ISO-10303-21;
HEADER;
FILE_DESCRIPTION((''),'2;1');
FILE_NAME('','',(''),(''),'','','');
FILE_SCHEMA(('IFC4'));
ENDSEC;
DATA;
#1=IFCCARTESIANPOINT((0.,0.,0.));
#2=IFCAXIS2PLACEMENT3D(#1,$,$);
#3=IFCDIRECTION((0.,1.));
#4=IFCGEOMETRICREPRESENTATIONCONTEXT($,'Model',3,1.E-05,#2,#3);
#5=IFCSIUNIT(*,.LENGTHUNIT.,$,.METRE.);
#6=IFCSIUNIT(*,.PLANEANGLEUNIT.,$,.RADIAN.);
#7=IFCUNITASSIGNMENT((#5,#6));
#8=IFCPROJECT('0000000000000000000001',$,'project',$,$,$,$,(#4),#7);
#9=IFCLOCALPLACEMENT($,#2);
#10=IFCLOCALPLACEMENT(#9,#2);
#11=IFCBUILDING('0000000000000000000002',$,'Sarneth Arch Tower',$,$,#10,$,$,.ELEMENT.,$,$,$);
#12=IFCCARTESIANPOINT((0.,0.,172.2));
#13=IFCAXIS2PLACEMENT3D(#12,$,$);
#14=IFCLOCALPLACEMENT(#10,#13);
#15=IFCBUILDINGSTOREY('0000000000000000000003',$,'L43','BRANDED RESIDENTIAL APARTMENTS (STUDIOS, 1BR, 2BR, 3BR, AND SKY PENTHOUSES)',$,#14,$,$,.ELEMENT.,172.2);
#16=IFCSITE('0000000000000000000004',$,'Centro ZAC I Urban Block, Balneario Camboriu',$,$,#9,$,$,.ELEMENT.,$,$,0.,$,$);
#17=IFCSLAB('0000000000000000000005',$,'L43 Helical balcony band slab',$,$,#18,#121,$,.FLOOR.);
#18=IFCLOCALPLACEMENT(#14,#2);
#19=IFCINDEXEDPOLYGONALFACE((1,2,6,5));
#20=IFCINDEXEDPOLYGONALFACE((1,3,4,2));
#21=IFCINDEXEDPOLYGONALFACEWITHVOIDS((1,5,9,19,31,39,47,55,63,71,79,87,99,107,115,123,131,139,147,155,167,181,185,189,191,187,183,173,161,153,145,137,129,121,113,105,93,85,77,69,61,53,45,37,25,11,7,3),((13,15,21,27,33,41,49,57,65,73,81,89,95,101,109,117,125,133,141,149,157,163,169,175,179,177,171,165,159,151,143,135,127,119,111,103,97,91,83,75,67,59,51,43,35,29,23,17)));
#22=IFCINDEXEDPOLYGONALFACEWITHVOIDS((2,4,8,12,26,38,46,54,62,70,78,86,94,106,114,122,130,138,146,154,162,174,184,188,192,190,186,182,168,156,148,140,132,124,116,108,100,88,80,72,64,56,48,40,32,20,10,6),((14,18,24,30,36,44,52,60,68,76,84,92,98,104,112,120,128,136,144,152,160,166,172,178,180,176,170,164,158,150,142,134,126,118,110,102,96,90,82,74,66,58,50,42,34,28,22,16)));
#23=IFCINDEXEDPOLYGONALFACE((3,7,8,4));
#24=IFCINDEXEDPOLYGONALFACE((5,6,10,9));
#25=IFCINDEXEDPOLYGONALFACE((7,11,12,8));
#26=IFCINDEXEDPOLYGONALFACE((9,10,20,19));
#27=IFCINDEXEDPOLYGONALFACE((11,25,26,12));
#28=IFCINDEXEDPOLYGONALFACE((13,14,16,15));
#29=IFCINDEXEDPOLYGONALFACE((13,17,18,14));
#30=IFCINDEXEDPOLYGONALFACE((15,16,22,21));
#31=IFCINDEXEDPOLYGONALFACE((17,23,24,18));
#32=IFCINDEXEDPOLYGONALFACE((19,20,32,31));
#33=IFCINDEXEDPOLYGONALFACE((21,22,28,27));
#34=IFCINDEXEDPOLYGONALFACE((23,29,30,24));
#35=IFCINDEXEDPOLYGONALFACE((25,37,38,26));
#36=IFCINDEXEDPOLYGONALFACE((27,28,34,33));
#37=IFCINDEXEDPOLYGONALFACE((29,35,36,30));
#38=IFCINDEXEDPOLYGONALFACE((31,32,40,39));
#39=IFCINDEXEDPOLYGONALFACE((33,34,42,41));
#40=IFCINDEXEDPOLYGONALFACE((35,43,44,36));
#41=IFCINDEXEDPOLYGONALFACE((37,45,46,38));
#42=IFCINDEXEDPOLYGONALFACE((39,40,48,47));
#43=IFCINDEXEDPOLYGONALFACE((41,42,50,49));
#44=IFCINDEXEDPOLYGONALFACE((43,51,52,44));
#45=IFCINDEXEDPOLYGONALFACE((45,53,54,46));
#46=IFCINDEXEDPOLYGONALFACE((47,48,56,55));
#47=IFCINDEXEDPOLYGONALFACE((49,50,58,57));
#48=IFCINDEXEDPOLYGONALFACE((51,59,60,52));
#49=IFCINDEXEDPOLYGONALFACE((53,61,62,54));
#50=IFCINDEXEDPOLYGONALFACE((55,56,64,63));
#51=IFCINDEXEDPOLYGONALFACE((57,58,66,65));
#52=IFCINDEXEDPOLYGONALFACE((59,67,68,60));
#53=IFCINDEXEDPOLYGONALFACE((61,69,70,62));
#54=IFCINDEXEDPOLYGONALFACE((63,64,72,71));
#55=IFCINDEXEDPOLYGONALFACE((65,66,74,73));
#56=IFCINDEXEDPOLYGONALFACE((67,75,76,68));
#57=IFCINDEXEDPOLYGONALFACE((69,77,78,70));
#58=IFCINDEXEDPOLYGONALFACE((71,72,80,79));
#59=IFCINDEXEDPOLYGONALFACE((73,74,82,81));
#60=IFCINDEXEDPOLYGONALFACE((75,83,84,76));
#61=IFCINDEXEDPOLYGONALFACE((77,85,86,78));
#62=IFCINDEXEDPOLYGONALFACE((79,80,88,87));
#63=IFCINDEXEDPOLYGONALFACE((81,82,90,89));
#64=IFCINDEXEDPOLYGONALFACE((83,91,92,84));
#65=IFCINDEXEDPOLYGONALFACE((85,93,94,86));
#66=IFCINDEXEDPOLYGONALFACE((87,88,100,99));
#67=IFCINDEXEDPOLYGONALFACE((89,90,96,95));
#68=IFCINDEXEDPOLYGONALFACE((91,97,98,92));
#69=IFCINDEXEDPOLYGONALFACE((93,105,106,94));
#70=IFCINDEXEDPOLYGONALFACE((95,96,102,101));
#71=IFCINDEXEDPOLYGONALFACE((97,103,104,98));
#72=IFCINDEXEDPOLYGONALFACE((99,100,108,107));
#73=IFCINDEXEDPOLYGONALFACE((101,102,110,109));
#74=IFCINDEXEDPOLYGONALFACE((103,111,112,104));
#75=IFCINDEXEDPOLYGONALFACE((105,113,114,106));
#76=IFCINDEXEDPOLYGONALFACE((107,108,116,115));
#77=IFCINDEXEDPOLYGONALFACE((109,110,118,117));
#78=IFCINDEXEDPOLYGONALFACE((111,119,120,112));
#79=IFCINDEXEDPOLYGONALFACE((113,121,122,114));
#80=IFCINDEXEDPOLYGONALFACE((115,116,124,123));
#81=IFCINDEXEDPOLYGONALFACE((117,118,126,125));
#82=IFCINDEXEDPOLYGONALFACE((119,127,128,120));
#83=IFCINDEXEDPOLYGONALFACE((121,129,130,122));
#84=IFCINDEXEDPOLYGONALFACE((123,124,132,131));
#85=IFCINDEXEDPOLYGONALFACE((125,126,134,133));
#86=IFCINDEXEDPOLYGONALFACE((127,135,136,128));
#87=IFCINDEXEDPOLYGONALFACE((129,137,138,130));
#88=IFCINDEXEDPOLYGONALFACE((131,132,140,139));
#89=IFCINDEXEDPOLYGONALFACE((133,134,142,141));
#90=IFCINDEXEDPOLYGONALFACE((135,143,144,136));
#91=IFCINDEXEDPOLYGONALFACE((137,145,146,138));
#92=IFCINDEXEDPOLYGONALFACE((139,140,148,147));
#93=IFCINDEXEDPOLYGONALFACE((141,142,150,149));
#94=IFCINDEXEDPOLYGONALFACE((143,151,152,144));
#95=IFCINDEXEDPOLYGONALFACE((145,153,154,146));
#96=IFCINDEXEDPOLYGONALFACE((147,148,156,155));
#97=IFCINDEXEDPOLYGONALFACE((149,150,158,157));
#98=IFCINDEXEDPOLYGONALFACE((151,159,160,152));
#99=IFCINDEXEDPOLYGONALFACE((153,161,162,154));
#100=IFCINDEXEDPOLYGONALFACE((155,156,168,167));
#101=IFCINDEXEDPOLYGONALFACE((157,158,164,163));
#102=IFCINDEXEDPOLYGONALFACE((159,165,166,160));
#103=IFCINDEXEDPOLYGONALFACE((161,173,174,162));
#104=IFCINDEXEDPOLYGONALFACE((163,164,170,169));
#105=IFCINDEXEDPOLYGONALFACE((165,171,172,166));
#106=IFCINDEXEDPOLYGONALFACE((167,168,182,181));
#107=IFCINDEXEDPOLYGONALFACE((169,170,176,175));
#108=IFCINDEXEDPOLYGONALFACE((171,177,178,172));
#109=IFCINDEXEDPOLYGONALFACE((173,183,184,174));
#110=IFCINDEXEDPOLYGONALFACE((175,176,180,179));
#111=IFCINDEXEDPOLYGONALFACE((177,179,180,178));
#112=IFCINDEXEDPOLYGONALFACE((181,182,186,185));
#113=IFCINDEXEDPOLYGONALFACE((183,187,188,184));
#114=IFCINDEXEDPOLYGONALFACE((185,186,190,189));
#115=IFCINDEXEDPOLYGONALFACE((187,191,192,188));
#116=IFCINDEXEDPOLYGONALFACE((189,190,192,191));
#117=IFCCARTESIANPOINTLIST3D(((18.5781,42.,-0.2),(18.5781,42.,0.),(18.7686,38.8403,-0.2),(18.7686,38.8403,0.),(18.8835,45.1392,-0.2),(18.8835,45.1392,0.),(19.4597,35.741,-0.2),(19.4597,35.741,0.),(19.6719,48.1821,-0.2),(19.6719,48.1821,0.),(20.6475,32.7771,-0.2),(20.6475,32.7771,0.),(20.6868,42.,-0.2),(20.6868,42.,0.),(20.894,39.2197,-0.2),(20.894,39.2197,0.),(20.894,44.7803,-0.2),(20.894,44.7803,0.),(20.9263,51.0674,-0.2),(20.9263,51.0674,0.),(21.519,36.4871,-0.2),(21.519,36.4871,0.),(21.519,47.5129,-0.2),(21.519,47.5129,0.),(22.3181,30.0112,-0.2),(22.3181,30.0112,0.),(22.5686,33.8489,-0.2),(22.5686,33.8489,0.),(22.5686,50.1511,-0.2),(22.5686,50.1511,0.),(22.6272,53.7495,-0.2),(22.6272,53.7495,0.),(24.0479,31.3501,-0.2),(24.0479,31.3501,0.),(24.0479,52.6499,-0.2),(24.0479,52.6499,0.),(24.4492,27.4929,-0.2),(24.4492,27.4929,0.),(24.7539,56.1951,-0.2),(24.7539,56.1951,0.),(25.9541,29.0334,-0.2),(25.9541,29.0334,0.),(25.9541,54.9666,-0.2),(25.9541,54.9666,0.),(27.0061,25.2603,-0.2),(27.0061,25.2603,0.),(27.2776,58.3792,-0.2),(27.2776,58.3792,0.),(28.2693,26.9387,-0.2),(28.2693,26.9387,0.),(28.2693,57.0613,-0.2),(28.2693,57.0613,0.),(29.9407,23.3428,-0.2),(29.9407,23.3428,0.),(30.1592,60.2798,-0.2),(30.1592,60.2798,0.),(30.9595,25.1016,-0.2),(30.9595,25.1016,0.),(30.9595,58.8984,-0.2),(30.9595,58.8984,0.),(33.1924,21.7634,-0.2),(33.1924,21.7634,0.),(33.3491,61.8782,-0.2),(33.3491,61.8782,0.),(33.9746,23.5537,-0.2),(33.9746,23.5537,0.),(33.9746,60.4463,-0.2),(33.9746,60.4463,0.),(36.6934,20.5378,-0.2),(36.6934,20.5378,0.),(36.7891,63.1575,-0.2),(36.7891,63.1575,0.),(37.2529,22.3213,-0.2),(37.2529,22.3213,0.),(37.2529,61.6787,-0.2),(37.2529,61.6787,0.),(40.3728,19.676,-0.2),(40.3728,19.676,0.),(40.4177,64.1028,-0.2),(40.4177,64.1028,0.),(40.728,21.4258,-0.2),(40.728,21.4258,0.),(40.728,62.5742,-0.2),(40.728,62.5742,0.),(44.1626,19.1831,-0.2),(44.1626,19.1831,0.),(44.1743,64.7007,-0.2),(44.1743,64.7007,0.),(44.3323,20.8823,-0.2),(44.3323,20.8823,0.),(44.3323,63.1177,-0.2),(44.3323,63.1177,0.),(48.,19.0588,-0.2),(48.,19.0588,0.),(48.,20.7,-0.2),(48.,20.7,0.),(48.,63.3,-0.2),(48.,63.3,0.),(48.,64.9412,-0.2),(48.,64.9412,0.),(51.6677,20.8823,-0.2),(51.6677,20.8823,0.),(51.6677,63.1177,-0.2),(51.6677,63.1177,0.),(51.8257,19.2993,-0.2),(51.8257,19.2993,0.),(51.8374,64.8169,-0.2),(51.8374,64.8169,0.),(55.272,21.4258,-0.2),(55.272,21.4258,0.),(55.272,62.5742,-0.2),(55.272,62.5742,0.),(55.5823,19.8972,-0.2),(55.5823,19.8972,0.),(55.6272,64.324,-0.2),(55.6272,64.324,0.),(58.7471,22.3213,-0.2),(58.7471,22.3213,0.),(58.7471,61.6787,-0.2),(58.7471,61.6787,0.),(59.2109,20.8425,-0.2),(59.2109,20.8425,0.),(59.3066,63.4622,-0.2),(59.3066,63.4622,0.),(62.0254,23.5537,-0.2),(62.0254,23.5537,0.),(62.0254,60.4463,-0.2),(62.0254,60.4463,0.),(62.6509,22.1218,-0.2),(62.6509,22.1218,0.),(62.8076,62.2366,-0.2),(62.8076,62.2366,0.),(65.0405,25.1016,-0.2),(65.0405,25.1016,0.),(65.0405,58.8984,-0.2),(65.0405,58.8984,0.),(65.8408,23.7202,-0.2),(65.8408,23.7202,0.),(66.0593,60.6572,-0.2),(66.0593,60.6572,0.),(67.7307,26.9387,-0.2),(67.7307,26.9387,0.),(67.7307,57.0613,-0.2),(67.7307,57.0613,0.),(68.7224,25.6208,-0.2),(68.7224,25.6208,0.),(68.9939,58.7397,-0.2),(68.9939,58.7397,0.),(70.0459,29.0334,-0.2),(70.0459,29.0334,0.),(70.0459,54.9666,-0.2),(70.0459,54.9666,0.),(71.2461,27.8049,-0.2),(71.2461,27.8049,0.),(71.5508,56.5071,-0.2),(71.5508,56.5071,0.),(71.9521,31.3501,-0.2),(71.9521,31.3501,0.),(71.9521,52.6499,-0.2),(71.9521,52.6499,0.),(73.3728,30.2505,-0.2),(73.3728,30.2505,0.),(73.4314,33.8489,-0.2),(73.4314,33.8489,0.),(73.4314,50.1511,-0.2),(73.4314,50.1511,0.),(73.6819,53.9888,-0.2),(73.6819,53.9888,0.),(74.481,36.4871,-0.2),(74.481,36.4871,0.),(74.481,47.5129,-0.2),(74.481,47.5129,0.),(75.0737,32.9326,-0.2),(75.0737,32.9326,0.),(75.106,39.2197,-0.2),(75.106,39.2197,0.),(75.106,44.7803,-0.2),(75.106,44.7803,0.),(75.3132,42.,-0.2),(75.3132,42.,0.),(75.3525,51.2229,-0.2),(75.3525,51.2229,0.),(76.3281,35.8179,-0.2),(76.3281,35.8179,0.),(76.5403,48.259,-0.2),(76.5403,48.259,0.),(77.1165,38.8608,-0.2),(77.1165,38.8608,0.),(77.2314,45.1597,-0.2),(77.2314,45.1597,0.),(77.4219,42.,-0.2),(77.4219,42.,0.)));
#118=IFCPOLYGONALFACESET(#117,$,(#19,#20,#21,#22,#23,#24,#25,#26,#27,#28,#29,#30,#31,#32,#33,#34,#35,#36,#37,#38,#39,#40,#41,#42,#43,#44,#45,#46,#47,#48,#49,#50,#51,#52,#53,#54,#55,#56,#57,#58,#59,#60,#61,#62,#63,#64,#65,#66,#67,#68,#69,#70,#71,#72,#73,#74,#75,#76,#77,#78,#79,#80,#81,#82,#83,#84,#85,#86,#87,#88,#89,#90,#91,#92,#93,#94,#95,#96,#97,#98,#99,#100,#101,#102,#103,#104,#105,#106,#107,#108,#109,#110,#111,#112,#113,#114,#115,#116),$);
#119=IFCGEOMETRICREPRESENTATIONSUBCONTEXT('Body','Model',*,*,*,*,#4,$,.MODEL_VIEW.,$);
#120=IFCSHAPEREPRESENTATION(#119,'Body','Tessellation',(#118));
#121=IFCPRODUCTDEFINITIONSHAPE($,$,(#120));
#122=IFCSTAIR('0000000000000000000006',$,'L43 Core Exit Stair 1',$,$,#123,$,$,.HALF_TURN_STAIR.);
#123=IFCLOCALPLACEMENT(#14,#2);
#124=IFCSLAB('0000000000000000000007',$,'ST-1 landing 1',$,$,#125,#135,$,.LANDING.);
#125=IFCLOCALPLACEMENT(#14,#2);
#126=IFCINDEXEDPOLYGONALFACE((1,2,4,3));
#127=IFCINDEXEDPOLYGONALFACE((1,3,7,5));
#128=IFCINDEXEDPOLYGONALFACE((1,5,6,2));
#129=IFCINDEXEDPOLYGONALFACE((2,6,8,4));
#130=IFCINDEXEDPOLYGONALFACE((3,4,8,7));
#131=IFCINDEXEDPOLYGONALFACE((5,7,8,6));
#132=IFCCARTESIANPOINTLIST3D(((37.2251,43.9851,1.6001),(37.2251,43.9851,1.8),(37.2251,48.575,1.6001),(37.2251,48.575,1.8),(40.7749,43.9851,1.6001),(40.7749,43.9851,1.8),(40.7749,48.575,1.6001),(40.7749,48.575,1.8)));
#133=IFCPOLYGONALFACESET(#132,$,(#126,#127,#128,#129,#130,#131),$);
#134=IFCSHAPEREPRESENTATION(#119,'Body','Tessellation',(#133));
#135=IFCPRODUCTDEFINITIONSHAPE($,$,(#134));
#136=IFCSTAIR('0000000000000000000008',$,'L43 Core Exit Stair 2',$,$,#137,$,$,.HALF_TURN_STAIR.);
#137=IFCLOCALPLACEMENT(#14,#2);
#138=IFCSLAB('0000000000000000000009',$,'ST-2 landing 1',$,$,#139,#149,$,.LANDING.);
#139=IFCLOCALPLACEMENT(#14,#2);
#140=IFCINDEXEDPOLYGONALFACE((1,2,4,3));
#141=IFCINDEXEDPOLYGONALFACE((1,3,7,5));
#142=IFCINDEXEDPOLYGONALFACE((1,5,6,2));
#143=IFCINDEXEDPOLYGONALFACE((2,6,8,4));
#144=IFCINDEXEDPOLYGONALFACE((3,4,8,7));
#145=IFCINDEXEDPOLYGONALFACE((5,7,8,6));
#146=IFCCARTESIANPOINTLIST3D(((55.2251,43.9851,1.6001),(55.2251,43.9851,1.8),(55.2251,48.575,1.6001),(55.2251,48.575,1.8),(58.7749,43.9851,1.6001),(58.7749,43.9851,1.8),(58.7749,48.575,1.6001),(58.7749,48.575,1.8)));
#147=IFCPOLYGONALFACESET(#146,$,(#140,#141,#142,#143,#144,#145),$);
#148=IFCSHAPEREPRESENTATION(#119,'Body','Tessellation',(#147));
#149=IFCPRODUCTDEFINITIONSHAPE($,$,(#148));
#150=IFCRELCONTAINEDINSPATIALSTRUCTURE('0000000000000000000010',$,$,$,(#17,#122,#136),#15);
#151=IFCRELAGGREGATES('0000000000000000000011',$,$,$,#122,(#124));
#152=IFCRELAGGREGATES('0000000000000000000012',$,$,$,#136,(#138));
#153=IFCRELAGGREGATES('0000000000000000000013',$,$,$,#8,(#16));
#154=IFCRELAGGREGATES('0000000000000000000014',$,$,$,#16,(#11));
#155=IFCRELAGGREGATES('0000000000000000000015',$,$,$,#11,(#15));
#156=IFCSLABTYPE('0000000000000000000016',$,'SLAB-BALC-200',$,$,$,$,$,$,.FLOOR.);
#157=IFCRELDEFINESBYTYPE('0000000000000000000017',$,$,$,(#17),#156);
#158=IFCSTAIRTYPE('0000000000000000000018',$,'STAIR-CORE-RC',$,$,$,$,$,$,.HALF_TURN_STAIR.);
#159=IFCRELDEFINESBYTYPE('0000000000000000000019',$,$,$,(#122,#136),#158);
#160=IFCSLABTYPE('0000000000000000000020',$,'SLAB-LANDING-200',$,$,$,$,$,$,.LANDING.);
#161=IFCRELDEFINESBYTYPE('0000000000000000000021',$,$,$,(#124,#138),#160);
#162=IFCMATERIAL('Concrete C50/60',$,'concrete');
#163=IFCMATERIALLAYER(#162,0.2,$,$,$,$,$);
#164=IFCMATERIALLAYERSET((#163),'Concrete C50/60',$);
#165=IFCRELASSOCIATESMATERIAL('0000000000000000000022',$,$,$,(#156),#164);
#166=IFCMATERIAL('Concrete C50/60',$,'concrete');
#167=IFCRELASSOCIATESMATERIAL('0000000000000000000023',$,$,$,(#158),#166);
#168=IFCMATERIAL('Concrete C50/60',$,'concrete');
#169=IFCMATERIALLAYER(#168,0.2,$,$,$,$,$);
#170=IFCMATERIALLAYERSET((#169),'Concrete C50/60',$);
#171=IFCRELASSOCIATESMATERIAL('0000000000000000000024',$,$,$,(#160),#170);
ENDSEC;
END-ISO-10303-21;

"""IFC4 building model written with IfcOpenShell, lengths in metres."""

from ifc_helpers import new_model, si_unit, direction, frame, origin, place, context, subcontext, project, spatial, polyline, outline, extrude, material, layer, layer_set, type_object, element, aggregate, save


model = new_model("IFC4")

# Units and contexts
model_context = context("Model", 3, precision=1e-05, world=origin(), true_north=direction((0.0, 1.0)))
body_context = subcontext(model_context, "Body", "Model", "MODEL_VIEW")
ifc_project = project(units=[si_unit("LENGTHUNIT", "METRE"), si_unit("PLANEANGLEUNIT", "RADIAN")], contexts=[model_context])

# Site, building, storey
site_placement = place(None, origin())
site = spatial("IfcSite", under=ifc_project, at=site_placement, Name="Centro ZAC I Urban Block, Balneario Camboriu", CompositionType="ELEMENT", RefElevation=0.0)
building_placement = place(site_placement, origin())
building = spatial("IfcBuilding", under=site, at=building_placement, Name="Sarneth Arch Tower", CompositionType="ELEMENT")
storey_placement = place(building_placement, frame((0.0, 0.0, 172.2)))
storey = spatial("IfcBuildingStorey", under=building, at=storey_placement, Name="L43", Description="BRANDED RESIDENTIAL APARTMENTS (STUDIOS, 1BR, 2BR, 3BR, AND SKY PENTHOUSES)", CompositionType="ELEMENT", Elevation=172.2)

# Slab
ifc_material_1 = material(Name="Concrete C50/60", Category="concrete")
ifc_layer_1 = layer(ifc_material_1, 0.2)
ifc_layer_set_1 = layer_set([ifc_layer_1], Name="Concrete C50/60")
slab_type_1 = type_object("IfcSlabType", Name="SLAB-BALC-200", PredefinedType="FLOOR", material=ifc_layer_set_1)
slab_1_placement = place(storey_placement, frame((0.0, 0.0, -0.2)))
element("IfcSlab", 1, at=slab_1_placement, inside=storey, type_object=slab_type_1, Name="L43 Helical balcony band slab", PredefinedType="FLOOR", context=body_context, shape_type="SweptSolid", body=[
    extrude(outline(polyline([(77.4219, 42.0), (77.2314, 45.1597), (76.5403, 48.259), (75.3525, 51.2229), (73.6819, 53.9888), (71.5508, 56.5071), (68.9939, 58.7397), (66.0593, 60.6572), (62.8076, 62.2366), (59.3066, 63.4622), (55.6272, 64.324), (51.8374, 64.8169), (48.0, 64.9412), (44.1743, 64.7007), (40.4177, 64.1028), (36.7891, 63.1575), (33.3491, 61.8782), (30.1592, 60.2798), (27.2776, 58.3792), (24.7539, 56.1951), (22.6272, 53.7495), (20.9263, 51.0674), (19.6719, 48.1821), (18.8835, 45.1392), (18.5781, 42.0), (18.7686, 38.8403), (19.4597, 35.741), (20.6475, 32.7771), (22.3181, 30.0112), (24.4492, 27.4929), (27.0061, 25.2603), (29.9407, 23.3428), (33.1924, 21.7634), (36.6934, 20.5378), (40.3728, 19.676), (44.1626, 19.1831), (48.0, 19.0588), (51.8257, 19.2993), (55.5823, 19.8972), (59.2109, 20.8425), (62.6509, 22.1218), (65.8408, 23.7202), (68.7224, 25.6208), (71.2461, 27.8049), (73.3728, 30.2505), (75.0737, 32.9326), (76.3281, 35.8179), (77.1165, 38.8608), (77.4219, 42.0)]), holes=[polyline([(75.3132, 42.0), (75.106, 44.7803), (74.481, 47.5129), (73.4314, 50.1511), (71.9521, 52.6499), (70.0459, 54.9666), (67.7307, 57.0613), (65.0405, 58.8984), (62.0254, 60.4463), (58.7471, 61.6787), (55.272, 62.5742), (51.6677, 63.1177), (48.0, 63.3), (44.3323, 63.1177), (40.728, 62.5742), (37.2529, 61.6787), (33.9746, 60.4463), (30.9595, 58.8984), (28.2693, 57.0613), (25.9541, 54.9666), (24.0479, 52.6499), (22.5686, 50.1511), (21.519, 47.5129), (20.894, 44.7803), (20.6868, 42.0), (20.894, 39.2197), (21.519, 36.4871), (22.5686, 33.8489), (24.0479, 31.3501), (25.9541, 29.0334), (28.2693, 26.9387), (30.9595, 25.1016), (33.9746, 23.5537), (37.2529, 22.3213), (40.728, 21.4258), (44.3323, 20.8823), (48.0, 20.7), (51.6677, 20.8823), (55.272, 21.4258), (58.7471, 22.3213), (62.0254, 23.5537), (65.0405, 25.1016), (67.7307, 26.9387), (70.0459, 29.0334), (71.9521, 31.3501), (73.4314, 33.8489), (74.481, 36.4871), (75.106, 39.2197), (75.3132, 42.0)])]), origin(), (0.0, 0.0, 1.0), 0.2),
])

# Stairs, slabs
ifc_material_2 = material(Name="Concrete C50/60", Category="concrete")
stair_type = type_object("IfcStairType", Name="STAIR-CORE-RC", PredefinedType="HALF_TURN_STAIR", material=ifc_material_2)
stair_1_placement = place(storey_placement, origin())
stair_1 = element("IfcStair", 2, at=stair_1_placement, inside=storey, type_object=stair_type, Name="L43 Core Exit Stair 1", PredefinedType="HALF_TURN_STAIR")
ifc_material_3 = material(Name="Concrete C50/60", Category="concrete")
ifc_layer_2 = layer(ifc_material_3, 0.2)
ifc_layer_set_2 = layer_set([ifc_layer_2], Name="Concrete C50/60")
slab_type_2 = type_object("IfcSlabType", Name="SLAB-LANDING-200", PredefinedType="LANDING", material=ifc_layer_set_2)
slab_2_placement = place(storey_placement, frame((0.0, 0.0, 1.6001)))
slab_2 = element("IfcSlab", 3, at=slab_2_placement, type_object=slab_type_2, Name="ST-1 landing 1", PredefinedType="LANDING", context=body_context, shape_type="SweptSolid", body=[
    extrude(outline(polyline([(37.2251, 43.9851), (40.7749, 43.9851), (40.7749, 48.575), (37.2251, 48.575), (37.2251, 43.9851)])), origin(), (0.0, 0.0, 1.0), 0.2),
])
aggregate(stair_1, [slab_2])
stair_2_placement = place(storey_placement, origin())
stair_2 = element("IfcStair", 4, at=stair_2_placement, inside=storey, type_object=stair_type, Name="L43 Core Exit Stair 2", PredefinedType="HALF_TURN_STAIR")
slab_3_placement = place(storey_placement, frame((0.0, 0.0, 1.6001)))
slab_3 = element("IfcSlab", 5, at=slab_3_placement, type_object=slab_type_2, Name="ST-2 landing 1", PredefinedType="LANDING", context=body_context, shape_type="SweptSolid", body=[
    extrude(outline(polyline([(55.2251, 43.9851), (58.7749, 43.9851), (58.7749, 48.575), (55.2251, 48.575), (55.2251, 43.9851)])), origin(), (0.0, 0.0, 1.0), 0.2),
])
aggregate(stair_2, [slab_3])

save(model, "model.ifc")
